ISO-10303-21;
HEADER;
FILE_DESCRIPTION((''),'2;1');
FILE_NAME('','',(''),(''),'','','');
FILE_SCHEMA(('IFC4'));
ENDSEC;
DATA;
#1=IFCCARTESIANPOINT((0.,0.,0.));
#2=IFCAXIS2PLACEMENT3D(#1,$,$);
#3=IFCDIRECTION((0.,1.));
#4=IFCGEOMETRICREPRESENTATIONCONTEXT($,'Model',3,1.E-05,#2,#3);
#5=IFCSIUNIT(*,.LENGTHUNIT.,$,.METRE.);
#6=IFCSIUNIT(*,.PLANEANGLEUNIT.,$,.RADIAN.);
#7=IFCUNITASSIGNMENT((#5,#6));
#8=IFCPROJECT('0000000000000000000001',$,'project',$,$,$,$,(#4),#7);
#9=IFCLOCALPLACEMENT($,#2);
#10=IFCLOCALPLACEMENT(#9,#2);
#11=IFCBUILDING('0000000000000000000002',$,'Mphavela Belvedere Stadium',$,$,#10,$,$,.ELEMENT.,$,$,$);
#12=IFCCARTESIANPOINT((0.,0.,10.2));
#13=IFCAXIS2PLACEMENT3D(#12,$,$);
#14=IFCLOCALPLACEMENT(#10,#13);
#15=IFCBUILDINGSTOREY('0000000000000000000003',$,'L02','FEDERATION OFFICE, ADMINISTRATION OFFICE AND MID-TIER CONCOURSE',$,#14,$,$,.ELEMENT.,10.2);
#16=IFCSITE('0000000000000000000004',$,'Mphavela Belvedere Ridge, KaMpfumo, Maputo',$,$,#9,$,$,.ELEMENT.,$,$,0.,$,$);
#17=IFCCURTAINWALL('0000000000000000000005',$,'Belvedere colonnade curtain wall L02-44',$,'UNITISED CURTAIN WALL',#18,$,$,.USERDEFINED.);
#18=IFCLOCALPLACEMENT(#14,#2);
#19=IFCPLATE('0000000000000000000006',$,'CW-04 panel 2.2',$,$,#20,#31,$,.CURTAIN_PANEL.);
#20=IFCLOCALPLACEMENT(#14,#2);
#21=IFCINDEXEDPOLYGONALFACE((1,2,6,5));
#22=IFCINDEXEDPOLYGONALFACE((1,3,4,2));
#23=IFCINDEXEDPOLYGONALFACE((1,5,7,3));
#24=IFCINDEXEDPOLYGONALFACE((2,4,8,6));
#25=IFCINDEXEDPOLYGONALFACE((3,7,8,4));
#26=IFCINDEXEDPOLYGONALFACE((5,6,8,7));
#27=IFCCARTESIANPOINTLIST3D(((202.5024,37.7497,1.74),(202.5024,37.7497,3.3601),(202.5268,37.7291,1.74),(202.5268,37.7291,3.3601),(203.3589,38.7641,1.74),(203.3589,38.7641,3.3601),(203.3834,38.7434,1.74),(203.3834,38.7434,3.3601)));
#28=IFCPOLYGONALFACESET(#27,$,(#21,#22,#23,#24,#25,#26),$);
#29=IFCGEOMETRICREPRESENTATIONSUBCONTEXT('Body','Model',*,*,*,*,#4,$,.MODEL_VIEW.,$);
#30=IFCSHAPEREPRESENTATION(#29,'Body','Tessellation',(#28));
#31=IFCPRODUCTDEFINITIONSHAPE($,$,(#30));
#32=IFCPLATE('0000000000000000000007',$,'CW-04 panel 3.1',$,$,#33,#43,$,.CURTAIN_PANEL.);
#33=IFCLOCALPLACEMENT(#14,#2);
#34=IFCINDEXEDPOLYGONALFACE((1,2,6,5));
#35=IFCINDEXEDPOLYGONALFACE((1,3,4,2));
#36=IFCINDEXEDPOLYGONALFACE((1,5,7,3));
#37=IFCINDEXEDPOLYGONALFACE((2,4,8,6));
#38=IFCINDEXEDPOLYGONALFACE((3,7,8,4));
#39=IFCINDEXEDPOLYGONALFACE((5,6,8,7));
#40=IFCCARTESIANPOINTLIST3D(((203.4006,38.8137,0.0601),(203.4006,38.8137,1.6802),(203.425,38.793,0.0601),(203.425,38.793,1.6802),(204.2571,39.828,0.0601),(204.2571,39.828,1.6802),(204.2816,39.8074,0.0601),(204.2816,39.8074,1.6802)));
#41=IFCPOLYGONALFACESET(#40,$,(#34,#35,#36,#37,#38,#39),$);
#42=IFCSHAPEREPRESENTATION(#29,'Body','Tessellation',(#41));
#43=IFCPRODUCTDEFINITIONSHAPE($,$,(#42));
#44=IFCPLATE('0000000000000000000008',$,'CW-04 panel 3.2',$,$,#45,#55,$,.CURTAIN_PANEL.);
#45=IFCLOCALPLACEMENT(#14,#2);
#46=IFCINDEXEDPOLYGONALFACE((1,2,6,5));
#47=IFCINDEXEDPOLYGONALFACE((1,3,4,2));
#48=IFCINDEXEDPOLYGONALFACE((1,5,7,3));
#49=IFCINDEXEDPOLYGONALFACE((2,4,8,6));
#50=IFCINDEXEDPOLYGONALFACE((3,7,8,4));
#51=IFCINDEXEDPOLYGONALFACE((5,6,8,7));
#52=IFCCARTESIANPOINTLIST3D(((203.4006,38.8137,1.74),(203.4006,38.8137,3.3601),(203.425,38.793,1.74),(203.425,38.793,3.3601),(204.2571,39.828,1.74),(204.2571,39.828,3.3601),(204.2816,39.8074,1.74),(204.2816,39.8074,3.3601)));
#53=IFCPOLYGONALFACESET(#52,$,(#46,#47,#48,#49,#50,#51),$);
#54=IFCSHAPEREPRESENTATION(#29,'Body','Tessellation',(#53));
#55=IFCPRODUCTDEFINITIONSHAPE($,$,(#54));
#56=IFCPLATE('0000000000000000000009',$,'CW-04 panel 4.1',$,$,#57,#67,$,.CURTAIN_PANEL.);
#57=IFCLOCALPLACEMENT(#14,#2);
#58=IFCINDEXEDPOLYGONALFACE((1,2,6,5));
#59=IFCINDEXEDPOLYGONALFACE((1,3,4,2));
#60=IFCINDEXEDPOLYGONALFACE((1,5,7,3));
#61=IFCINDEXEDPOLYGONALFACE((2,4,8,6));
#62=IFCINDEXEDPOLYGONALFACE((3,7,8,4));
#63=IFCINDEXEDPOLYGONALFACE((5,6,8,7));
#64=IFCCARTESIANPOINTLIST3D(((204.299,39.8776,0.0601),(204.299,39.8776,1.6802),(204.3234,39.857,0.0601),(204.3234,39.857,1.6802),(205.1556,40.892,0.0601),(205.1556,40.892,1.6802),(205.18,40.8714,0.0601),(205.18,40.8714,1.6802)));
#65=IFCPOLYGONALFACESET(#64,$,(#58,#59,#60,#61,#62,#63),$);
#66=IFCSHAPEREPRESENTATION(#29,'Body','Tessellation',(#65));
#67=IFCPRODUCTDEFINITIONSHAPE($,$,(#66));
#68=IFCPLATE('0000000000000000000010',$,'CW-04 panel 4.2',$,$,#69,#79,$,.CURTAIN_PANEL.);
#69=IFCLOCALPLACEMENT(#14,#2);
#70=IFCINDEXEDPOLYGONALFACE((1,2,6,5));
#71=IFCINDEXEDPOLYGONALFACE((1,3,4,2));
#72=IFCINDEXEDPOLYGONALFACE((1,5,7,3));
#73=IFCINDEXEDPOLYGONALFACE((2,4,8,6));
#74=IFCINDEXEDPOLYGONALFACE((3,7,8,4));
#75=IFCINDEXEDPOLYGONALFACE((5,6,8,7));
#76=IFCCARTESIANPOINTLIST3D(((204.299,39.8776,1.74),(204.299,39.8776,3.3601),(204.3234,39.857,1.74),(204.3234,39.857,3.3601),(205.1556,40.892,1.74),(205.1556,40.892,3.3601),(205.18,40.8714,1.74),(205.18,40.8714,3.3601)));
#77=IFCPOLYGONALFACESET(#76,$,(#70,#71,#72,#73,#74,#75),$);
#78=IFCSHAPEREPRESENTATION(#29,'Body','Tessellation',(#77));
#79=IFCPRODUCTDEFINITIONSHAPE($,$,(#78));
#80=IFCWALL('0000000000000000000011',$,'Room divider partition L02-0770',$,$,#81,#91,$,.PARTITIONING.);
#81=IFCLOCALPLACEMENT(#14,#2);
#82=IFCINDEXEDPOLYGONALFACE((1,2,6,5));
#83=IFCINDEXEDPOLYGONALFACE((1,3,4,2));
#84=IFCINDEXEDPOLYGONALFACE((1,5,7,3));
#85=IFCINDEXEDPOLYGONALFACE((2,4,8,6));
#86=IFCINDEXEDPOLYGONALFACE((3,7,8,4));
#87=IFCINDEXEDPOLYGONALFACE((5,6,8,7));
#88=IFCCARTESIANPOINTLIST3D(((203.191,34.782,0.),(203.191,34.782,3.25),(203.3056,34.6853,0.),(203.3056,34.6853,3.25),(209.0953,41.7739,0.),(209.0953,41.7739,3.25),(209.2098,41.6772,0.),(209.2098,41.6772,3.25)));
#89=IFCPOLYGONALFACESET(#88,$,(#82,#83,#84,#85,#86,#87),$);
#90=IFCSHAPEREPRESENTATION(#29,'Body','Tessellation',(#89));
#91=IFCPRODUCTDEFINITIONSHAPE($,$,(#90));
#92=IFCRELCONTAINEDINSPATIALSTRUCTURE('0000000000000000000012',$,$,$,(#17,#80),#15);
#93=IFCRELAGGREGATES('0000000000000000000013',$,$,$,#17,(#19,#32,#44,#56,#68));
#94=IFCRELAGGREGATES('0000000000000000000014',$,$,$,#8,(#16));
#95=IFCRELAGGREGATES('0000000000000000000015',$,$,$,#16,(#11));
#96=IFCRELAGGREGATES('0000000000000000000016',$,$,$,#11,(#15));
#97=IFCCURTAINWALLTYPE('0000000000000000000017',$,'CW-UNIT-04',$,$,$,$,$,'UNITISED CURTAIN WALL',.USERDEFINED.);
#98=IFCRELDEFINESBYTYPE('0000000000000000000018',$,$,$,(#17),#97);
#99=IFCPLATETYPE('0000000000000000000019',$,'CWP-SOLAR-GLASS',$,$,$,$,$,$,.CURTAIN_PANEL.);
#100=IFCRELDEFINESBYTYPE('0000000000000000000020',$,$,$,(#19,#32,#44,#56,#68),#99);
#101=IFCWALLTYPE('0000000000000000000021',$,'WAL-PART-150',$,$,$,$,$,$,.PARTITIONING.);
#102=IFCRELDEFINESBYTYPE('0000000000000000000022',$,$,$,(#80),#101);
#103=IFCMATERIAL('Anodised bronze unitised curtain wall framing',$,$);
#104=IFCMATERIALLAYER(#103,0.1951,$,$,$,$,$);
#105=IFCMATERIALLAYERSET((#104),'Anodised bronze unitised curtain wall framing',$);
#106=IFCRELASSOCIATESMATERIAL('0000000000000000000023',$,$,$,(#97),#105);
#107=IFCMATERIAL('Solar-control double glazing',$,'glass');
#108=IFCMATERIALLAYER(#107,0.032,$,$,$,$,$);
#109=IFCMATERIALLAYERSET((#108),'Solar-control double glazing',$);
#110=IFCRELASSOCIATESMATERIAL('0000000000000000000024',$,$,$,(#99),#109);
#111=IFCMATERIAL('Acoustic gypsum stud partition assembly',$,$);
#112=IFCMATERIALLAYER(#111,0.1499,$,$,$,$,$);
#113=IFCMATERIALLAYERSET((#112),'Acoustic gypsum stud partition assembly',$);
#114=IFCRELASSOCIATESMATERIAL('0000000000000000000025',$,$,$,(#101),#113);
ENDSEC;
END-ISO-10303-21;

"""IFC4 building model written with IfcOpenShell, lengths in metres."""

from ifc_helpers import new_model, si_unit, direction, frame, frame_2d, origin, origin_2d, place, context, subcontext, project, spatial, rectangle, extrude, material, layer, layer_set, type_object, element, aggregate, save


model = new_model("IFC4")

# Units and contexts
model_context = context("Model", 3, precision=1e-05, world=origin(), true_north=direction((0.0, 1.0)))
body_context = subcontext(model_context, "Body", "Model", "MODEL_VIEW")
ifc_project = project(units=[si_unit("LENGTHUNIT", "METRE"), si_unit("PLANEANGLEUNIT", "RADIAN")], contexts=[model_context])

# Site, building, storey
site_placement = place(None, origin())
site = spatial("IfcSite", under=ifc_project, at=site_placement, Name="Mphavela Belvedere Ridge, KaMpfumo, Maputo", CompositionType="ELEMENT", RefElevation=0.0)
building_placement = place(site_placement, origin())
building = spatial("IfcBuilding", under=site, at=building_placement, Name="Mphavela Belvedere Stadium", CompositionType="ELEMENT")
storey_placement = place(building_placement, frame((0.0, 0.0, 10.2)))
storey = spatial("IfcBuildingStorey", under=building, at=storey_placement, Name="L02", Description="FEDERATION OFFICE, ADMINISTRATION OFFICE AND MID-TIER CONCOURSE", CompositionType="ELEMENT", Elevation=10.2)

# Curtain wall, plates
ifc_material_1 = material(Name="Anodised bronze unitised curtain wall framing")
ifc_layer_1 = layer(ifc_material_1, 0.1951)
ifc_layer_set_1 = layer_set([ifc_layer_1], Name="Anodised bronze unitised curtain wall framing")
curtain_wall_type_1 = type_object("IfcCurtainWallType", Name="CW-UNIT-04", ElementType="UNITISED CURTAIN WALL", PredefinedType="USERDEFINED", material=ifc_layer_set_1)
curtain_wall_1_placement = place(storey_placement, origin())
curtain_wall_1 = element("IfcCurtainWall", 1, at=curtain_wall_1_placement, inside=storey, type_object=curtain_wall_type_1, Name="Belvedere colonnade curtain wall L02-44", ObjectType="UNITISED CURTAIN WALL", PredefinedType="USERDEFINED")
ifc_material_2 = material(Name="Solar-control double glazing", Category="glass")
ifc_layer_2 = layer(ifc_material_2, 0.032)
ifc_layer_set_2 = layer_set([ifc_layer_2], Name="Solar-control double glazing")
plate_type = type_object("IfcPlateType", Name="CWP-SOLAR-GLASS", PredefinedType="CURTAIN_PANEL", material=ifc_layer_set_2)
plate_1_placement = place(storey_placement, frame((202.9429, 38.2466, 1.74), z_axis=(0.0, 0.0, 1.0), x_axis=(0.645169, 0.76404, 0.0)))
plate_1 = element("IfcPlate", 2, at=plate_1_placement, type_object=plate_type, Name="CW-04 panel 2.2", PredefinedType="CURTAIN_PANEL", context=body_context, shape_type="SweptSolid", body=[
    extrude(rectangle(XDim=1.3276, YDim=0.032, at=origin_2d()), origin(), (0.0, 0.0, 1.0), 1.6201),
])
plate_2_placement = place(storey_placement, frame((203.8411, 39.3105, 0.0601), z_axis=(0.0, 0.0, 1.0), x_axis=(0.645169, 0.76404, 0.0)))
plate_2 = element("IfcPlate", 3, at=plate_2_placement, type_object=plate_type, Name="CW-04 panel 3.1", PredefinedType="CURTAIN_PANEL", context=body_context, shape_type="SweptSolid", body=[
    extrude(rectangle(XDim=1.3276, YDim=0.032, at=origin_2d()), origin(), (0.0, 0.0, 1.0), 1.6201),
])
plate_3_placement = place(storey_placement, frame((203.8411, 39.3105, 1.74), z_axis=(0.0, 0.0, 1.0), x_axis=(0.645169, 0.76404, 0.0)))
plate_3 = element("IfcPlate", 4, at=plate_3_placement, type_object=plate_type, Name="CW-04 panel 3.2", PredefinedType="CURTAIN_PANEL", context=body_context, shape_type="SweptSolid", body=[
    extrude(rectangle(XDim=1.3276, YDim=0.032, at=origin_2d()), origin(), (0.0, 0.0, 1.0), 1.6201),
])
plate_4_placement = place(storey_placement, frame((204.7395, 40.3745, 0.0601), z_axis=(0.0, 0.0, 1.0), x_axis=(0.645169, 0.76404, 0.0)))
plate_4 = element("IfcPlate", 5, at=plate_4_placement, type_object=plate_type, Name="CW-04 panel 4.1", PredefinedType="CURTAIN_PANEL", context=body_context, shape_type="SweptSolid", body=[
    extrude(rectangle(XDim=1.3276, YDim=0.032, at=origin_2d()), origin(), (0.0, 0.0, 1.0), 1.6201),
])
plate_5_placement = place(storey_placement, frame((204.7395, 40.3745, 1.74), z_axis=(0.0, 0.0, 1.0), x_axis=(0.645169, 0.76404, 0.0)))
plate_5 = element("IfcPlate", 6, at=plate_5_placement, type_object=plate_type, Name="CW-04 panel 4.2", PredefinedType="CURTAIN_PANEL", context=body_context, shape_type="SweptSolid", body=[
    extrude(rectangle(XDim=1.3276, YDim=0.032, at=origin_2d()), origin(), (0.0, 0.0, 1.0), 1.6201),
])
aggregate(curtain_wall_1, [plate_1, plate_2, plate_3, plate_4, plate_5])

# Wall
ifc_material_3 = material(Name="Acoustic gypsum stud partition assembly")
ifc_layer_3 = layer(ifc_material_3, 0.1499)
ifc_layer_set_3 = layer_set([ifc_layer_3], Name="Acoustic gypsum stud partition assembly")
wall_type = type_object("IfcWallType", Name="WAL-PART-150", PredefinedType="PARTITIONING", material=ifc_layer_set_3)
wall_placement = place(storey_placement, frame((203.2483, 34.7336, 0.0), z_axis=(0.0, 0.0, 1.0), x_axis=(0.64518, 0.764031, 0.0)))
element("IfcWall", 7, at=wall_placement, inside=storey, type_object=wall_type, Name="Room divider partition L02-0770", PredefinedType="PARTITIONING", context=body_context, shape_type="SweptSolid", body=[
    extrude(rectangle(XDim=9.1514, YDim=0.1499, at=frame_2d((4.5757, 0.0))), origin(), (0.0, 0.0, 1.0), 3.25),
])

save(model, "model.ifc")
